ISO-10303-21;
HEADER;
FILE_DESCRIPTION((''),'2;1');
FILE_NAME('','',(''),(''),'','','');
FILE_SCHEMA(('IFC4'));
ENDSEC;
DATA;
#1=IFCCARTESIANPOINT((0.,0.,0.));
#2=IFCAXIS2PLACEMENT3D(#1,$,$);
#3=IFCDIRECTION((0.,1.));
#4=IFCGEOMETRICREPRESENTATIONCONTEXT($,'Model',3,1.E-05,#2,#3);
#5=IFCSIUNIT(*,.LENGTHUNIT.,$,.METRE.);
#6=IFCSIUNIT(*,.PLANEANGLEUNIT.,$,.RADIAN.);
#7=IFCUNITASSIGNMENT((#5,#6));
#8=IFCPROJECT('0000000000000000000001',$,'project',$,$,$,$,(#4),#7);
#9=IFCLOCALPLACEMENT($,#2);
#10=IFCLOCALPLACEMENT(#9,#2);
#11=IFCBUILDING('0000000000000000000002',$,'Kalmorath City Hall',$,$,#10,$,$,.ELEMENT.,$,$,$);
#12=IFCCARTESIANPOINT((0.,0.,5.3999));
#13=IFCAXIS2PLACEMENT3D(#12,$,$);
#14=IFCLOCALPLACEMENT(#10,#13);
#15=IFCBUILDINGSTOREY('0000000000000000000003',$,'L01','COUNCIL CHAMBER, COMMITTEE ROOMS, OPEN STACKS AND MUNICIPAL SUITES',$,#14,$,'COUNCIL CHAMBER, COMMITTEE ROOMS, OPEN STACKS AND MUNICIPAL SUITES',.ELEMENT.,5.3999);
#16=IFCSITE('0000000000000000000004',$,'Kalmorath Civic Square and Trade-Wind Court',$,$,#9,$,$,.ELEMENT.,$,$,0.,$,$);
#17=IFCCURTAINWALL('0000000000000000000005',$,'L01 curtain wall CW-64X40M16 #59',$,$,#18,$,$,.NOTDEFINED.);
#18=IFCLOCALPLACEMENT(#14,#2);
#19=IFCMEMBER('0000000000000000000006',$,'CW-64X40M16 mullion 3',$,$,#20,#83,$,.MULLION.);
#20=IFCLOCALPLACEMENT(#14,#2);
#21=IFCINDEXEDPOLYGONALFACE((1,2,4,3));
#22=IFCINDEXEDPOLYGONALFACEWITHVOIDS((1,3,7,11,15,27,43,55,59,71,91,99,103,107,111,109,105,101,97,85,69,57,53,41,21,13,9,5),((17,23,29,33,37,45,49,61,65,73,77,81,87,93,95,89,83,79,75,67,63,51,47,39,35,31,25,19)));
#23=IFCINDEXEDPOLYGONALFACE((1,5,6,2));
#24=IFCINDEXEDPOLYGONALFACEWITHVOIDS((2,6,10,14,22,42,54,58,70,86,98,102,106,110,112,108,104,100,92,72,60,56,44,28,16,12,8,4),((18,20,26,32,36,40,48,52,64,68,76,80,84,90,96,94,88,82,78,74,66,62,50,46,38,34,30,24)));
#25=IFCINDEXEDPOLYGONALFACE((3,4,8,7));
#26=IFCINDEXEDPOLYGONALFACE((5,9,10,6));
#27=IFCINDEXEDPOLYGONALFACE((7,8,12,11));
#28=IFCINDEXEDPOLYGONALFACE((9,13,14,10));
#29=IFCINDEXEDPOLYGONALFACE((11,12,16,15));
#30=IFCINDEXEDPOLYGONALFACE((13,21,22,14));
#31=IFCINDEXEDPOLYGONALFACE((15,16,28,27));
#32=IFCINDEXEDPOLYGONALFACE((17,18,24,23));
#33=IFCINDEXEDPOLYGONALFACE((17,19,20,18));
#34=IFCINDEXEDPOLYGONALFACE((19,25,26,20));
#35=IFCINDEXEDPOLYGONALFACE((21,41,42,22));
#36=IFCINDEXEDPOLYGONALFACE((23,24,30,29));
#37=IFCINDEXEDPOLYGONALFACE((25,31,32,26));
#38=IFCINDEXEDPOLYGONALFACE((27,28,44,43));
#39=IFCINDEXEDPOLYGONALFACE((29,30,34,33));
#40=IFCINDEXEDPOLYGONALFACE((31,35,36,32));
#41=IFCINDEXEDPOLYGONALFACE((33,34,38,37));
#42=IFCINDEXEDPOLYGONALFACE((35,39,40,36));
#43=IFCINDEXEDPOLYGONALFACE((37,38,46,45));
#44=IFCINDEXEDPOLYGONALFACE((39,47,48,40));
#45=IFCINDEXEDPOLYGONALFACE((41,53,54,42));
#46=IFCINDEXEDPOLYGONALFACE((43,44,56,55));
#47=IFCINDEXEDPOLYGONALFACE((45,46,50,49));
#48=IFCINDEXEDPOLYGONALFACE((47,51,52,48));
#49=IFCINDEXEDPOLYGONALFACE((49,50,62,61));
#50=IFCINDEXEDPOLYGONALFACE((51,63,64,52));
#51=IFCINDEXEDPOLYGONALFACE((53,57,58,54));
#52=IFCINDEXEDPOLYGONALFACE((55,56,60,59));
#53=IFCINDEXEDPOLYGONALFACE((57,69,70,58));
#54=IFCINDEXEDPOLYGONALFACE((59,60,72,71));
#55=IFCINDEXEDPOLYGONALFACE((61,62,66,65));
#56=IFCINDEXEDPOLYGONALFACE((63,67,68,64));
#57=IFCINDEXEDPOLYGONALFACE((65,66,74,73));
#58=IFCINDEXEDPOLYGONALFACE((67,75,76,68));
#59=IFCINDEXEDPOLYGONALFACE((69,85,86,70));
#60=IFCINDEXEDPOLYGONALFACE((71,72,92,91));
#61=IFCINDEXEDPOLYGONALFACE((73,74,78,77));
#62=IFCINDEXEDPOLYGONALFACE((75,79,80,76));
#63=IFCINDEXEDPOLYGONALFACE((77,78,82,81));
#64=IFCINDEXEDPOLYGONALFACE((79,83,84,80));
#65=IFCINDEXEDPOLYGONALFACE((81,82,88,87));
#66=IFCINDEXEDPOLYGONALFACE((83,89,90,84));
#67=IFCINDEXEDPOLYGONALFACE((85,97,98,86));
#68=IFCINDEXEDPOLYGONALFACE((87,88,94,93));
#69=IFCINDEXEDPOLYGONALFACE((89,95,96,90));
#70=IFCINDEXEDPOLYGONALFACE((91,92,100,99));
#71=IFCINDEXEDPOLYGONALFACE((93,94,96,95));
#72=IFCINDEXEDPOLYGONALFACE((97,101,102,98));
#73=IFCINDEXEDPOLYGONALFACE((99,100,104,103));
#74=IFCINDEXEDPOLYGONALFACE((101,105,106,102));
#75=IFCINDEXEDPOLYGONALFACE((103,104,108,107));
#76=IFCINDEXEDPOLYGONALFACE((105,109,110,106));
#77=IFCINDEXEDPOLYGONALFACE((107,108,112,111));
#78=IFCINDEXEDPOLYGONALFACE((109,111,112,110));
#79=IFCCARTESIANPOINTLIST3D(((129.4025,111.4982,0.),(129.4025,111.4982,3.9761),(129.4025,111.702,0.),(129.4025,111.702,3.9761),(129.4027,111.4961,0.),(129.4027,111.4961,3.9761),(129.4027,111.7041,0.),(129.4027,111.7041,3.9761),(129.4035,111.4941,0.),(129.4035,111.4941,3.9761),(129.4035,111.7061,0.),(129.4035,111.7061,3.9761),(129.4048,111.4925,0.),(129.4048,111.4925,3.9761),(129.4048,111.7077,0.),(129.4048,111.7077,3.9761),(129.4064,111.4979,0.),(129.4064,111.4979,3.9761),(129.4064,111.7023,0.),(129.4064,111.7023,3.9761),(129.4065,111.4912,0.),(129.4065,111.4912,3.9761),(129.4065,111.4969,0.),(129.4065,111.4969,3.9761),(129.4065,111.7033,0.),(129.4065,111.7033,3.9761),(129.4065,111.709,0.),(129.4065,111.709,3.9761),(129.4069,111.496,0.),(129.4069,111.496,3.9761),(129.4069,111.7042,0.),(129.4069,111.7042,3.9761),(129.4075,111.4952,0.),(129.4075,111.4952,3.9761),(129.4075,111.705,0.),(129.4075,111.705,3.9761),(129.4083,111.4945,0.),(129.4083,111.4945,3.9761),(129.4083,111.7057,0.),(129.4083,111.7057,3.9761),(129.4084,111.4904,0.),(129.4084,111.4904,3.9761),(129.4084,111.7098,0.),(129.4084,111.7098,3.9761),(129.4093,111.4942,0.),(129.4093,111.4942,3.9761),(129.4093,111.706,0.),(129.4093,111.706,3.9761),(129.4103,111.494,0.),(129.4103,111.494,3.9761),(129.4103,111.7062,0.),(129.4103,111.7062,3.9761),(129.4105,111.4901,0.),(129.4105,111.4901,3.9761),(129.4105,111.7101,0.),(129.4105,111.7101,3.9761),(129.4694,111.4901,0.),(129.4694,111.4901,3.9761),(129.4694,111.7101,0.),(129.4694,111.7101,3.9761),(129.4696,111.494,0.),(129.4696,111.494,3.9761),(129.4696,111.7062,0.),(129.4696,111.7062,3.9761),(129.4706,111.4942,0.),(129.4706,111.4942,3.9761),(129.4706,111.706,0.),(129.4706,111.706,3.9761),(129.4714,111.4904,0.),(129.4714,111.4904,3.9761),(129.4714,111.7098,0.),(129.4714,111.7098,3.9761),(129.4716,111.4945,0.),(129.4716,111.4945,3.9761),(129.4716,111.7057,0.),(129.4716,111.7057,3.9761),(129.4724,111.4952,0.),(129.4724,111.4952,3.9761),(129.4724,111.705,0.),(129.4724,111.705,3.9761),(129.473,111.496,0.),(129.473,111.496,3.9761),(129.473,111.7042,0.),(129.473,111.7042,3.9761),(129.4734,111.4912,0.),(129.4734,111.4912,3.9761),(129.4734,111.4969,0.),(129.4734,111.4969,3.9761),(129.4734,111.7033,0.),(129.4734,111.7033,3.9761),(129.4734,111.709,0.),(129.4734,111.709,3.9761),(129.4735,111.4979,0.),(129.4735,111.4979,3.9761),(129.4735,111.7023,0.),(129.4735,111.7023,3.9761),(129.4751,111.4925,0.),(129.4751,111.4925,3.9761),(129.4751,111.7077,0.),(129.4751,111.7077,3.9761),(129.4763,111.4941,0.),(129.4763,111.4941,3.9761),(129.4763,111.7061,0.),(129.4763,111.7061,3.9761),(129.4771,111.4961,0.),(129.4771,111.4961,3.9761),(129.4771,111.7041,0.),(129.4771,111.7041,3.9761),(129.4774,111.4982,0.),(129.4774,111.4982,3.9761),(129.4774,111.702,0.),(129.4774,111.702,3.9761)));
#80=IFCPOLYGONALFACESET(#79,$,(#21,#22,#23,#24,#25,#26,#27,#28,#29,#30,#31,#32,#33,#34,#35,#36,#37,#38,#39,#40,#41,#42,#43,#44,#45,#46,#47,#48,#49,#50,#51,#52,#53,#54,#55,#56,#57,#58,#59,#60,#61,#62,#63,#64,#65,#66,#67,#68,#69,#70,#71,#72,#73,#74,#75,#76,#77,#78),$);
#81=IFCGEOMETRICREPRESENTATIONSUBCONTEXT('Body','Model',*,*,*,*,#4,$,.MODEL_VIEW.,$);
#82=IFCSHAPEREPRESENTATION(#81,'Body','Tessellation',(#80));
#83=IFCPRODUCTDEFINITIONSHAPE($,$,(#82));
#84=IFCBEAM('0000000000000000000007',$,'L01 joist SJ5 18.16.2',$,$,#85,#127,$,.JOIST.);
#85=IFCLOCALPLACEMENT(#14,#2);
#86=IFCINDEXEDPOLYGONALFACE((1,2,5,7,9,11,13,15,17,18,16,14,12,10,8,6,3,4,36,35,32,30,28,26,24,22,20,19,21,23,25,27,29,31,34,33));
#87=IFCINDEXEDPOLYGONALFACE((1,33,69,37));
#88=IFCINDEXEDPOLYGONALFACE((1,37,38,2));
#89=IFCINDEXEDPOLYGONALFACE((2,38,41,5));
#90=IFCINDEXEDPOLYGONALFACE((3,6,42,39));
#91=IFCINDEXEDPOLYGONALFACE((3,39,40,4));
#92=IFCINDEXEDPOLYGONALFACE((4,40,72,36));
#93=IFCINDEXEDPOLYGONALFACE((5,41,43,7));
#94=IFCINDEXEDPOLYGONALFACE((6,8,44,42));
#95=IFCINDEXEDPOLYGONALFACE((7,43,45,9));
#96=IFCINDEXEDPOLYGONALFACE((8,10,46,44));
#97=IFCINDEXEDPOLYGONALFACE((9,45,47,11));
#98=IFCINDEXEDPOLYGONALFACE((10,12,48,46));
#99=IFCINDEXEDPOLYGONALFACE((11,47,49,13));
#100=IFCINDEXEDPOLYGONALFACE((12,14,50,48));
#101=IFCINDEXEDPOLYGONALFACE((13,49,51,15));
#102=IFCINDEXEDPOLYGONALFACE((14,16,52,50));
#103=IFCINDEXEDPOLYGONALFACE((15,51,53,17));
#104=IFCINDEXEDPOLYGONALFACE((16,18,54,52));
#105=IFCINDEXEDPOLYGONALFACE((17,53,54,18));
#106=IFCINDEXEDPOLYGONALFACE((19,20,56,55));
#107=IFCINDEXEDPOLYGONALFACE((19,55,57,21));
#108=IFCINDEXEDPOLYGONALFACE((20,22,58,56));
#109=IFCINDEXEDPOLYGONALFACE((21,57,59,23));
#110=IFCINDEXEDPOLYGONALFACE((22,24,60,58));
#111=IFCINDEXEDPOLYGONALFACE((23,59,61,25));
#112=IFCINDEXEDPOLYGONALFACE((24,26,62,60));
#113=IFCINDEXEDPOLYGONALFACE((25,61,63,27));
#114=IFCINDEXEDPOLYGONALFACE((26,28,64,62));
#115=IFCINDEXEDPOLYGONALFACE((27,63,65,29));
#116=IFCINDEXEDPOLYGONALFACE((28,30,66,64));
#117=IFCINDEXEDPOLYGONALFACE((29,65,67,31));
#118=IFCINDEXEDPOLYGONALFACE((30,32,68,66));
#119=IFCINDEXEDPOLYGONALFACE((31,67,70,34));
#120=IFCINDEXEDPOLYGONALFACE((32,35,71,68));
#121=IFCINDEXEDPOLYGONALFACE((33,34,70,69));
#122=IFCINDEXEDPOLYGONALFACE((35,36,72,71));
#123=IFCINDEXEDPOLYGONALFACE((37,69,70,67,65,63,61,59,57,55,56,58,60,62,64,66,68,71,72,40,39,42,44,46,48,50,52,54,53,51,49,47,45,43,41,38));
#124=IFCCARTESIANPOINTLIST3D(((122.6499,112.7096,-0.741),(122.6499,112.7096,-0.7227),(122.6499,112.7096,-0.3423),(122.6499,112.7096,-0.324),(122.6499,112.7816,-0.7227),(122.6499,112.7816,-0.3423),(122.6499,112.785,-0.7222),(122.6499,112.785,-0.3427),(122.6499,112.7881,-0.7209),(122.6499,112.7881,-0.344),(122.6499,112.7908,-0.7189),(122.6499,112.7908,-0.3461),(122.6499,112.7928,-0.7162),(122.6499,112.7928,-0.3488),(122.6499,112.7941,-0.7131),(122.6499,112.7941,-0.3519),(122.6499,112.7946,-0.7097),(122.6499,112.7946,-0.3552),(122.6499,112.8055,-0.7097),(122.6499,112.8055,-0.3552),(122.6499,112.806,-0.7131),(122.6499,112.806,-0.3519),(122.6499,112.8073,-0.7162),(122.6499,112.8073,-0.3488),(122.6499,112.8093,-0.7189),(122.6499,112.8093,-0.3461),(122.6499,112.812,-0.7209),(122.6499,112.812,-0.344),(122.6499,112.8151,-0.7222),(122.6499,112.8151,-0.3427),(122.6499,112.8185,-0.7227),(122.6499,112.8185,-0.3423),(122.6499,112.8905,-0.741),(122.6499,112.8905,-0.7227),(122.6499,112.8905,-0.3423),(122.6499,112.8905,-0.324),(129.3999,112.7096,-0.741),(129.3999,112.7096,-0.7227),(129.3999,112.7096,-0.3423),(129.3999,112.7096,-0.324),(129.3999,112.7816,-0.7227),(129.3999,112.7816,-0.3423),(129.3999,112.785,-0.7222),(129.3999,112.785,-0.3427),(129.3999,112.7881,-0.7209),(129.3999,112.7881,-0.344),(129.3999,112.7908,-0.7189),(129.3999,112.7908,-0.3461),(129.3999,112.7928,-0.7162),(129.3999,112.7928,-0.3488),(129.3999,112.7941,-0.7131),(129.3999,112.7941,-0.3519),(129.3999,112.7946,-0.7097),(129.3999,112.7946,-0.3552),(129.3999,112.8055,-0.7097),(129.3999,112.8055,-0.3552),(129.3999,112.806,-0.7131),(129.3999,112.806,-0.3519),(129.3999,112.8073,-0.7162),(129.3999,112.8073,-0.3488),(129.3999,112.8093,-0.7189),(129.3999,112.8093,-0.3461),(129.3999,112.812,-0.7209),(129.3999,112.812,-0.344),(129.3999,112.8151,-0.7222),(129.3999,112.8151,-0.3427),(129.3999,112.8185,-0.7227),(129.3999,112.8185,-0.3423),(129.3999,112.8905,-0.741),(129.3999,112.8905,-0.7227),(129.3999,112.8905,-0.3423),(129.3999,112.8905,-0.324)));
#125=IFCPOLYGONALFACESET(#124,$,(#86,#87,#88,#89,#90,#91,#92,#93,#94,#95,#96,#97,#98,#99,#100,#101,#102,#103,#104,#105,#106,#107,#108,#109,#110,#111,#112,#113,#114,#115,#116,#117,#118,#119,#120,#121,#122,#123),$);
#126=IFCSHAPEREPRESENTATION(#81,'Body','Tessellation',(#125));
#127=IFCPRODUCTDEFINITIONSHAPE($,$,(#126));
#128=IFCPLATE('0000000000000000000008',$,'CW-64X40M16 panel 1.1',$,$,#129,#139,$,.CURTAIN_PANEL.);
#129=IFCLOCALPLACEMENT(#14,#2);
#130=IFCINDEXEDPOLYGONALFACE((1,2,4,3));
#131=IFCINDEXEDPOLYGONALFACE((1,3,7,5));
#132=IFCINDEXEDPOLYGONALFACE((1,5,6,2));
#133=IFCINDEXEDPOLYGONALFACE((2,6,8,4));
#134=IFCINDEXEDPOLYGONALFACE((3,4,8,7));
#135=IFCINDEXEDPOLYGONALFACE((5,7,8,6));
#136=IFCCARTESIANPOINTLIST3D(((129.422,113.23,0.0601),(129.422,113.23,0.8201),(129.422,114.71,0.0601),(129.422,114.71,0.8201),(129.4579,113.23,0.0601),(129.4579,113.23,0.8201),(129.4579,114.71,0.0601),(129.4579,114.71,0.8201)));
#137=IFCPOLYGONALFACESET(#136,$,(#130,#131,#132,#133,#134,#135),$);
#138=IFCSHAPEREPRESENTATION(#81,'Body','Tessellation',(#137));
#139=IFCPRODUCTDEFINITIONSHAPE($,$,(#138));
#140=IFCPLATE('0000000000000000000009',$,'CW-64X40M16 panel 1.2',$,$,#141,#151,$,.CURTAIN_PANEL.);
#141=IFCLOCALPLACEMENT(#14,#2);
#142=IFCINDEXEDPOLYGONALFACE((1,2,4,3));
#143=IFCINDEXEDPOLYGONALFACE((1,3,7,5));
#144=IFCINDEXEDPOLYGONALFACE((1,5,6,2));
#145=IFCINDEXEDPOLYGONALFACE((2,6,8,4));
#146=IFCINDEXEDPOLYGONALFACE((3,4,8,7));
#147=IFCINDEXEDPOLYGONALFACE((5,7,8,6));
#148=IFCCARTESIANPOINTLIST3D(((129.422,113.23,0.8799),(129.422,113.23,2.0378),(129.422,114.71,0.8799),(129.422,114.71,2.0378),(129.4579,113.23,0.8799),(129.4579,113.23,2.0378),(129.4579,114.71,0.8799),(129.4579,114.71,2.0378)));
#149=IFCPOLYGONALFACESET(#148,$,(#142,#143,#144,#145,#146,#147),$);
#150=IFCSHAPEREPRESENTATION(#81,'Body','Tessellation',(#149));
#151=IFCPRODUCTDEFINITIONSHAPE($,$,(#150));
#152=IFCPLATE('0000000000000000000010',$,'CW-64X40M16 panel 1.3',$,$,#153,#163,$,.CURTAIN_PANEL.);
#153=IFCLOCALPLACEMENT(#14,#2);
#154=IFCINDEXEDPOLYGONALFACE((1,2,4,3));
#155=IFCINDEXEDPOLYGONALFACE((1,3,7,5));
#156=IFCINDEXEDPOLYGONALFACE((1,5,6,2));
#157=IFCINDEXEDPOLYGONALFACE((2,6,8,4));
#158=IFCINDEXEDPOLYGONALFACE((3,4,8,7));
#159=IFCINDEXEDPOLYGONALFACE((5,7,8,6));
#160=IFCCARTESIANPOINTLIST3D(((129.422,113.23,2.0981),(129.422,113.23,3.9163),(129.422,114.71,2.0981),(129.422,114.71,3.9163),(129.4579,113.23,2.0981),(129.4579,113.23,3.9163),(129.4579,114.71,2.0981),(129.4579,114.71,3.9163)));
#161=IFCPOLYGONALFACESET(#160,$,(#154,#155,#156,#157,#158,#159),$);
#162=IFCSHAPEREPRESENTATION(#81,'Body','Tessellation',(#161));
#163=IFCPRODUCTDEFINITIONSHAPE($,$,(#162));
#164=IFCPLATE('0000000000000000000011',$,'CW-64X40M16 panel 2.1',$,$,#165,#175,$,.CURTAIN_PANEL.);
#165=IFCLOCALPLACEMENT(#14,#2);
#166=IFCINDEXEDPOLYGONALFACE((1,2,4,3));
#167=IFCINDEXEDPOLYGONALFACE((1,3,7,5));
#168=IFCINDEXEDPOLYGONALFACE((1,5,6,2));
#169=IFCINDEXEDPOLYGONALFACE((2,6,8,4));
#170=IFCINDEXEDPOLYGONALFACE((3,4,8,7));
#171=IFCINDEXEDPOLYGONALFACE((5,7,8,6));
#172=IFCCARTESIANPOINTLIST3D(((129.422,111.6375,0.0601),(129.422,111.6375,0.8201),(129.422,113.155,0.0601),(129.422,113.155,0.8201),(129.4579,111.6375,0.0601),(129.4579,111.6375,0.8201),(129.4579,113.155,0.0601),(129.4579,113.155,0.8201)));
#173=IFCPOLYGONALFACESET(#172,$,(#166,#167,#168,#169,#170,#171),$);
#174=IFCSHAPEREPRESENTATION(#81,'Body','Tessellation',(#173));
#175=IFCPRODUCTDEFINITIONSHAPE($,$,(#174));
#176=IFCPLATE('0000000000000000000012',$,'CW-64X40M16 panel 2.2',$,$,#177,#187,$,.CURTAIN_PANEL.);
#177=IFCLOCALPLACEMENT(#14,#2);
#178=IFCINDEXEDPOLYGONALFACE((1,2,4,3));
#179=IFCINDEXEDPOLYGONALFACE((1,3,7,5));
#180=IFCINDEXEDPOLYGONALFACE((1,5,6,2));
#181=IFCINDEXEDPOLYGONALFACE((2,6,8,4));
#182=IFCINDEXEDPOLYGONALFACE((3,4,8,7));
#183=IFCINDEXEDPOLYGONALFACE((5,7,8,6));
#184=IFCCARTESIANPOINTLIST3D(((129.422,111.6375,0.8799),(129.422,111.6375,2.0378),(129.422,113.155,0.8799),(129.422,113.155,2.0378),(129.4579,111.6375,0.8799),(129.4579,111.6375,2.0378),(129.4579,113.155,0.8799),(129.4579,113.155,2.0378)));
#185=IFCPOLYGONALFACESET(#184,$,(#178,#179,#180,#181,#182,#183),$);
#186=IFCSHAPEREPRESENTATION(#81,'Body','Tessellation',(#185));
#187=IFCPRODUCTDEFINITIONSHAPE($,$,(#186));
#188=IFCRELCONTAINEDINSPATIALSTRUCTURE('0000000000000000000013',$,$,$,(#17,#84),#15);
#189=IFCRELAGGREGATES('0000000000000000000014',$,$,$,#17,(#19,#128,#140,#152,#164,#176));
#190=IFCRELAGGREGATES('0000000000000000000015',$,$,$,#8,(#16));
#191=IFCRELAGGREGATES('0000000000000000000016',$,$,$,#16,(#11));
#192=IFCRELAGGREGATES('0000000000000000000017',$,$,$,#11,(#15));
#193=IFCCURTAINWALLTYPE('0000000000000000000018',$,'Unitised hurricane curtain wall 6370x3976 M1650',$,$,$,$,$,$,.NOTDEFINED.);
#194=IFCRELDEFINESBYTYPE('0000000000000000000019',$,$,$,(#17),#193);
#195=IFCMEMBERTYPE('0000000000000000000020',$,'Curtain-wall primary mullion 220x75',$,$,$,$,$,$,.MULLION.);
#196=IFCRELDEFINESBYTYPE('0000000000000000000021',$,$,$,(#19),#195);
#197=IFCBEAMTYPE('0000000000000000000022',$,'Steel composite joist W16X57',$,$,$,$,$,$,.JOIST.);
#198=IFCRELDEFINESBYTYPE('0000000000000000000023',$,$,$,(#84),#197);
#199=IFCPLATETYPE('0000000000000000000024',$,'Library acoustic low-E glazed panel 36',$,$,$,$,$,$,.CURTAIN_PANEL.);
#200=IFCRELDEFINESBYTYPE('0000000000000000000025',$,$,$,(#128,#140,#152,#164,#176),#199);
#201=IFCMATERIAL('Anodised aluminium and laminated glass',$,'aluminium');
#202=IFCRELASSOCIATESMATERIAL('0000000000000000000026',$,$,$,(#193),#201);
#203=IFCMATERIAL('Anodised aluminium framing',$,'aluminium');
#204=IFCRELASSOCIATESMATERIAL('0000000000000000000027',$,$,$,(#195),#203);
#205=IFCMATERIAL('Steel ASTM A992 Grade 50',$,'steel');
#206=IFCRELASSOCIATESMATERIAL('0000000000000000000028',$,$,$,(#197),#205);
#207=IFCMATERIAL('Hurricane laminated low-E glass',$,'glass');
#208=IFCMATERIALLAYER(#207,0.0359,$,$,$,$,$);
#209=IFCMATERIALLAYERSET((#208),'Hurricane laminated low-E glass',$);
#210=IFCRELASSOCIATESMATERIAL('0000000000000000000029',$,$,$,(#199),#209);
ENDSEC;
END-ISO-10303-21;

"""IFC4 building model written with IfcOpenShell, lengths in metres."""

from ifc_helpers import new_model, si_unit, direction, frame, origin, origin_2d, place, context, subcontext, project, spatial, rectangle, hollow_rectangle, i_section, extrude, material, layer, layer_set, material_profile, profile_set, type_object, element, aggregate, save


model = new_model("IFC4")

# Units and contexts
model_context = context("Model", 3, precision=1e-05, world=origin(), true_north=direction((0.0, 1.0)))
body_context = subcontext(model_context, "Body", "Model", "MODEL_VIEW")
ifc_project = project(units=[si_unit("LENGTHUNIT", "METRE"), si_unit("PLANEANGLEUNIT", "RADIAN")], contexts=[model_context])

# Site, building, storey
site_placement = place(None, origin())
site = spatial("IfcSite", under=ifc_project, at=site_placement, Name="Kalmorath Civic Square and Trade-Wind Court", CompositionType="ELEMENT", RefElevation=0.0)
building_placement = place(site_placement, origin())
building = spatial("IfcBuilding", under=site, at=building_placement, Name="Kalmorath City Hall", CompositionType="ELEMENT")
storey_placement = place(building_placement, frame((0.0, 0.0, 5.3999)))
storey = spatial("IfcBuildingStorey", under=building, at=storey_placement, Name="L01", Description="COUNCIL CHAMBER, COMMITTEE ROOMS, OPEN STACKS AND MUNICIPAL SUITES", LongName="COUNCIL CHAMBER, COMMITTEE ROOMS, OPEN STACKS AND MUNICIPAL SUITES", CompositionType="ELEMENT", Elevation=5.3999)

# Curtain wall, member
ifc_material_1 = material(Name="Anodised aluminium and laminated glass", Category="aluminium")
curtain_wall_type = type_object("IfcCurtainWallType", Name="Unitised hurricane curtain wall 6370x3976 M1650", PredefinedType="NOTDEFINED", material=ifc_material_1)
curtain_wall_placement = place(storey_placement, origin())
curtain_wall = element("IfcCurtainWall", 1, at=curtain_wall_placement, inside=storey, type_object=curtain_wall_type, Name="L01 curtain wall CW-64X40M16 #59", PredefinedType="NOTDEFINED")
ifc_material_2 = material(Name="Anodised aluminium framing", Category="aluminium")
ifc_material_profile_1 = material_profile(ifc_material_2, hollow_rectangle(XDim=0.075, YDim=0.22, WallThickness=0.0039, InnerFilletRadius=0.0039, OuterFilletRadius=0.0081, at=origin_2d()), Name="ALU-MUL-220X75X4")
ifc_profile_set_1 = profile_set([ifc_material_profile_1], Name="Anodised aluminium framing")
member_type_1 = type_object("IfcMemberType", Name="Curtain-wall primary mullion 220x75", PredefinedType="MULLION", material=ifc_profile_set_1)
member_1_placement = place(storey_placement, frame((129.4399, 111.6001, 0.0), z_axis=(0.0, 0.0, 1.0), x_axis=(1.0, 0.0, 0.0)))
member_1 = element("IfcMember", 2, at=member_1_placement, type_object=member_type_1, Name="CW-64X40M16 mullion 3", PredefinedType="MULLION", context=body_context, shape_type="SweptSolid", body=[
    extrude(hollow_rectangle(XDim=0.075, YDim=0.22, WallThickness=0.0039, InnerFilletRadius=0.0039, OuterFilletRadius=0.0081, at=origin_2d()), origin(), (0.0, 0.0, 1.0), 3.9761),
])

# Beam
ifc_material_3 = material(Name="Steel ASTM A992 Grade 50", Category="steel")
ifc_material_profile_2 = material_profile(ifc_material_3, i_section(OverallWidth=0.1809, OverallDepth=0.417, WebThickness=0.011, FlangeThickness=0.0183, FilletRadius=0.0129, at=origin_2d()), Name="W16X57")
ifc_profile_set_2 = profile_set([ifc_material_profile_2], Name="Steel ASTM A992 Grade 50")
beam_type_1 = type_object("IfcBeamType", Name="Steel composite joist W16X57", PredefinedType="JOIST", material=ifc_profile_set_2)
beam_1_placement = place(storey_placement, frame((122.6499, 112.8, -0.5325), z_axis=(1.0, 0.0, 0.0), x_axis=(0.0, 1.0, 0.0)))
element("IfcBeam", 3, at=beam_1_placement, inside=storey, type_object=beam_type_1, Name="L01 joist SJ5 18.16.2", PredefinedType="JOIST", context=body_context, shape_type="SweptSolid", body=[
    extrude(i_section(OverallWidth=0.1809, OverallDepth=0.417, WebThickness=0.011, FlangeThickness=0.0183, FilletRadius=0.0129, at=origin_2d()), origin(), (0.0, 0.0, 1.0), 6.75),
])

# Plates
ifc_material_4 = material(Name="Hurricane laminated low-E glass", Category="glass")
ifc_layer_1 = layer(ifc_material_4, 0.0359)
ifc_layer_set_1 = layer_set([ifc_layer_1], Name="Hurricane laminated low-E glass")
plate_type = type_object("IfcPlateType", Name="Library acoustic low-E glazed panel 36", PredefinedType="CURTAIN_PANEL", material=ifc_layer_set_1)
plate_1_placement = place(storey_placement, frame((129.4399, 113.97, 0.0601), z_axis=(0.0, 0.0, 1.0), x_axis=(0.0, -1.0, 0.0)))
plate_1 = element("IfcPlate", 4, at=plate_1_placement, type_object=plate_type, Name="CW-64X40M16 panel 1.1", PredefinedType="CURTAIN_PANEL", context=body_context, shape_type="SweptSolid", body=[
    extrude(rectangle(XDim=1.48, YDim=0.0359, at=origin_2d()), origin(), (0.0, 0.0, 1.0), 0.76),
])
plate_2_placement = place(storey_placement, frame((129.4399, 113.97, 0.8799), z_axis=(0.0, 0.0, 1.0), x_axis=(0.0, -1.0, 0.0)))
plate_2 = element("IfcPlate", 5, at=plate_2_placement, type_object=plate_type, Name="CW-64X40M16 panel 1.2", PredefinedType="CURTAIN_PANEL", context=body_context, shape_type="SweptSolid", body=[
    extrude(rectangle(XDim=1.48, YDim=0.0359, at=origin_2d()), origin(), (0.0, 0.0, 1.0), 1.158),
])
plate_3_placement = place(storey_placement, frame((129.4399, 113.97, 2.0981), z_axis=(0.0, 0.0, 1.0), x_axis=(0.0, -1.0, 0.0)))
plate_3 = element("IfcPlate", 6, at=plate_3_placement, type_object=plate_type, Name="CW-64X40M16 panel 1.3", PredefinedType="CURTAIN_PANEL", context=body_context, shape_type="SweptSolid", body=[
    extrude(rectangle(XDim=1.48, YDim=0.0359, at=origin_2d()), origin(), (0.0, 0.0, 1.0), 1.8181),
])
plate_4_placement = place(storey_placement, frame((129.4399, 112.3962, 0.0601), z_axis=(0.0, 0.0, 1.0), x_axis=(0.0, -1.0, 0.0)))
plate_4 = element("IfcPlate", 7, at=plate_4_placement, type_object=plate_type, Name="CW-64X40M16 panel 2.1", PredefinedType="CURTAIN_PANEL", context=body_context, shape_type="SweptSolid", body=[
    extrude(rectangle(XDim=1.5176, YDim=0.0359, at=origin_2d()), origin(), (0.0, 0.0, 1.0), 0.76),
])
plate_5_placement = place(storey_placement, frame((129.4399, 112.3962, 0.8799), z_axis=(0.0, 0.0, 1.0), x_axis=(0.0, -1.0, 0.0)))
plate_5 = element("IfcPlate", 8, at=plate_5_placement, type_object=plate_type, Name="CW-64X40M16 panel 2.2", PredefinedType="CURTAIN_PANEL", context=body_context, shape_type="SweptSolid", body=[
    extrude(rectangle(XDim=1.5176, YDim=0.0359, at=origin_2d()), origin(), (0.0, 0.0, 1.0), 1.158),
])
aggregate(curtain_wall, [member_1, plate_1, plate_2, plate_3, plate_4, plate_5])

save(model, "model.ifc")
